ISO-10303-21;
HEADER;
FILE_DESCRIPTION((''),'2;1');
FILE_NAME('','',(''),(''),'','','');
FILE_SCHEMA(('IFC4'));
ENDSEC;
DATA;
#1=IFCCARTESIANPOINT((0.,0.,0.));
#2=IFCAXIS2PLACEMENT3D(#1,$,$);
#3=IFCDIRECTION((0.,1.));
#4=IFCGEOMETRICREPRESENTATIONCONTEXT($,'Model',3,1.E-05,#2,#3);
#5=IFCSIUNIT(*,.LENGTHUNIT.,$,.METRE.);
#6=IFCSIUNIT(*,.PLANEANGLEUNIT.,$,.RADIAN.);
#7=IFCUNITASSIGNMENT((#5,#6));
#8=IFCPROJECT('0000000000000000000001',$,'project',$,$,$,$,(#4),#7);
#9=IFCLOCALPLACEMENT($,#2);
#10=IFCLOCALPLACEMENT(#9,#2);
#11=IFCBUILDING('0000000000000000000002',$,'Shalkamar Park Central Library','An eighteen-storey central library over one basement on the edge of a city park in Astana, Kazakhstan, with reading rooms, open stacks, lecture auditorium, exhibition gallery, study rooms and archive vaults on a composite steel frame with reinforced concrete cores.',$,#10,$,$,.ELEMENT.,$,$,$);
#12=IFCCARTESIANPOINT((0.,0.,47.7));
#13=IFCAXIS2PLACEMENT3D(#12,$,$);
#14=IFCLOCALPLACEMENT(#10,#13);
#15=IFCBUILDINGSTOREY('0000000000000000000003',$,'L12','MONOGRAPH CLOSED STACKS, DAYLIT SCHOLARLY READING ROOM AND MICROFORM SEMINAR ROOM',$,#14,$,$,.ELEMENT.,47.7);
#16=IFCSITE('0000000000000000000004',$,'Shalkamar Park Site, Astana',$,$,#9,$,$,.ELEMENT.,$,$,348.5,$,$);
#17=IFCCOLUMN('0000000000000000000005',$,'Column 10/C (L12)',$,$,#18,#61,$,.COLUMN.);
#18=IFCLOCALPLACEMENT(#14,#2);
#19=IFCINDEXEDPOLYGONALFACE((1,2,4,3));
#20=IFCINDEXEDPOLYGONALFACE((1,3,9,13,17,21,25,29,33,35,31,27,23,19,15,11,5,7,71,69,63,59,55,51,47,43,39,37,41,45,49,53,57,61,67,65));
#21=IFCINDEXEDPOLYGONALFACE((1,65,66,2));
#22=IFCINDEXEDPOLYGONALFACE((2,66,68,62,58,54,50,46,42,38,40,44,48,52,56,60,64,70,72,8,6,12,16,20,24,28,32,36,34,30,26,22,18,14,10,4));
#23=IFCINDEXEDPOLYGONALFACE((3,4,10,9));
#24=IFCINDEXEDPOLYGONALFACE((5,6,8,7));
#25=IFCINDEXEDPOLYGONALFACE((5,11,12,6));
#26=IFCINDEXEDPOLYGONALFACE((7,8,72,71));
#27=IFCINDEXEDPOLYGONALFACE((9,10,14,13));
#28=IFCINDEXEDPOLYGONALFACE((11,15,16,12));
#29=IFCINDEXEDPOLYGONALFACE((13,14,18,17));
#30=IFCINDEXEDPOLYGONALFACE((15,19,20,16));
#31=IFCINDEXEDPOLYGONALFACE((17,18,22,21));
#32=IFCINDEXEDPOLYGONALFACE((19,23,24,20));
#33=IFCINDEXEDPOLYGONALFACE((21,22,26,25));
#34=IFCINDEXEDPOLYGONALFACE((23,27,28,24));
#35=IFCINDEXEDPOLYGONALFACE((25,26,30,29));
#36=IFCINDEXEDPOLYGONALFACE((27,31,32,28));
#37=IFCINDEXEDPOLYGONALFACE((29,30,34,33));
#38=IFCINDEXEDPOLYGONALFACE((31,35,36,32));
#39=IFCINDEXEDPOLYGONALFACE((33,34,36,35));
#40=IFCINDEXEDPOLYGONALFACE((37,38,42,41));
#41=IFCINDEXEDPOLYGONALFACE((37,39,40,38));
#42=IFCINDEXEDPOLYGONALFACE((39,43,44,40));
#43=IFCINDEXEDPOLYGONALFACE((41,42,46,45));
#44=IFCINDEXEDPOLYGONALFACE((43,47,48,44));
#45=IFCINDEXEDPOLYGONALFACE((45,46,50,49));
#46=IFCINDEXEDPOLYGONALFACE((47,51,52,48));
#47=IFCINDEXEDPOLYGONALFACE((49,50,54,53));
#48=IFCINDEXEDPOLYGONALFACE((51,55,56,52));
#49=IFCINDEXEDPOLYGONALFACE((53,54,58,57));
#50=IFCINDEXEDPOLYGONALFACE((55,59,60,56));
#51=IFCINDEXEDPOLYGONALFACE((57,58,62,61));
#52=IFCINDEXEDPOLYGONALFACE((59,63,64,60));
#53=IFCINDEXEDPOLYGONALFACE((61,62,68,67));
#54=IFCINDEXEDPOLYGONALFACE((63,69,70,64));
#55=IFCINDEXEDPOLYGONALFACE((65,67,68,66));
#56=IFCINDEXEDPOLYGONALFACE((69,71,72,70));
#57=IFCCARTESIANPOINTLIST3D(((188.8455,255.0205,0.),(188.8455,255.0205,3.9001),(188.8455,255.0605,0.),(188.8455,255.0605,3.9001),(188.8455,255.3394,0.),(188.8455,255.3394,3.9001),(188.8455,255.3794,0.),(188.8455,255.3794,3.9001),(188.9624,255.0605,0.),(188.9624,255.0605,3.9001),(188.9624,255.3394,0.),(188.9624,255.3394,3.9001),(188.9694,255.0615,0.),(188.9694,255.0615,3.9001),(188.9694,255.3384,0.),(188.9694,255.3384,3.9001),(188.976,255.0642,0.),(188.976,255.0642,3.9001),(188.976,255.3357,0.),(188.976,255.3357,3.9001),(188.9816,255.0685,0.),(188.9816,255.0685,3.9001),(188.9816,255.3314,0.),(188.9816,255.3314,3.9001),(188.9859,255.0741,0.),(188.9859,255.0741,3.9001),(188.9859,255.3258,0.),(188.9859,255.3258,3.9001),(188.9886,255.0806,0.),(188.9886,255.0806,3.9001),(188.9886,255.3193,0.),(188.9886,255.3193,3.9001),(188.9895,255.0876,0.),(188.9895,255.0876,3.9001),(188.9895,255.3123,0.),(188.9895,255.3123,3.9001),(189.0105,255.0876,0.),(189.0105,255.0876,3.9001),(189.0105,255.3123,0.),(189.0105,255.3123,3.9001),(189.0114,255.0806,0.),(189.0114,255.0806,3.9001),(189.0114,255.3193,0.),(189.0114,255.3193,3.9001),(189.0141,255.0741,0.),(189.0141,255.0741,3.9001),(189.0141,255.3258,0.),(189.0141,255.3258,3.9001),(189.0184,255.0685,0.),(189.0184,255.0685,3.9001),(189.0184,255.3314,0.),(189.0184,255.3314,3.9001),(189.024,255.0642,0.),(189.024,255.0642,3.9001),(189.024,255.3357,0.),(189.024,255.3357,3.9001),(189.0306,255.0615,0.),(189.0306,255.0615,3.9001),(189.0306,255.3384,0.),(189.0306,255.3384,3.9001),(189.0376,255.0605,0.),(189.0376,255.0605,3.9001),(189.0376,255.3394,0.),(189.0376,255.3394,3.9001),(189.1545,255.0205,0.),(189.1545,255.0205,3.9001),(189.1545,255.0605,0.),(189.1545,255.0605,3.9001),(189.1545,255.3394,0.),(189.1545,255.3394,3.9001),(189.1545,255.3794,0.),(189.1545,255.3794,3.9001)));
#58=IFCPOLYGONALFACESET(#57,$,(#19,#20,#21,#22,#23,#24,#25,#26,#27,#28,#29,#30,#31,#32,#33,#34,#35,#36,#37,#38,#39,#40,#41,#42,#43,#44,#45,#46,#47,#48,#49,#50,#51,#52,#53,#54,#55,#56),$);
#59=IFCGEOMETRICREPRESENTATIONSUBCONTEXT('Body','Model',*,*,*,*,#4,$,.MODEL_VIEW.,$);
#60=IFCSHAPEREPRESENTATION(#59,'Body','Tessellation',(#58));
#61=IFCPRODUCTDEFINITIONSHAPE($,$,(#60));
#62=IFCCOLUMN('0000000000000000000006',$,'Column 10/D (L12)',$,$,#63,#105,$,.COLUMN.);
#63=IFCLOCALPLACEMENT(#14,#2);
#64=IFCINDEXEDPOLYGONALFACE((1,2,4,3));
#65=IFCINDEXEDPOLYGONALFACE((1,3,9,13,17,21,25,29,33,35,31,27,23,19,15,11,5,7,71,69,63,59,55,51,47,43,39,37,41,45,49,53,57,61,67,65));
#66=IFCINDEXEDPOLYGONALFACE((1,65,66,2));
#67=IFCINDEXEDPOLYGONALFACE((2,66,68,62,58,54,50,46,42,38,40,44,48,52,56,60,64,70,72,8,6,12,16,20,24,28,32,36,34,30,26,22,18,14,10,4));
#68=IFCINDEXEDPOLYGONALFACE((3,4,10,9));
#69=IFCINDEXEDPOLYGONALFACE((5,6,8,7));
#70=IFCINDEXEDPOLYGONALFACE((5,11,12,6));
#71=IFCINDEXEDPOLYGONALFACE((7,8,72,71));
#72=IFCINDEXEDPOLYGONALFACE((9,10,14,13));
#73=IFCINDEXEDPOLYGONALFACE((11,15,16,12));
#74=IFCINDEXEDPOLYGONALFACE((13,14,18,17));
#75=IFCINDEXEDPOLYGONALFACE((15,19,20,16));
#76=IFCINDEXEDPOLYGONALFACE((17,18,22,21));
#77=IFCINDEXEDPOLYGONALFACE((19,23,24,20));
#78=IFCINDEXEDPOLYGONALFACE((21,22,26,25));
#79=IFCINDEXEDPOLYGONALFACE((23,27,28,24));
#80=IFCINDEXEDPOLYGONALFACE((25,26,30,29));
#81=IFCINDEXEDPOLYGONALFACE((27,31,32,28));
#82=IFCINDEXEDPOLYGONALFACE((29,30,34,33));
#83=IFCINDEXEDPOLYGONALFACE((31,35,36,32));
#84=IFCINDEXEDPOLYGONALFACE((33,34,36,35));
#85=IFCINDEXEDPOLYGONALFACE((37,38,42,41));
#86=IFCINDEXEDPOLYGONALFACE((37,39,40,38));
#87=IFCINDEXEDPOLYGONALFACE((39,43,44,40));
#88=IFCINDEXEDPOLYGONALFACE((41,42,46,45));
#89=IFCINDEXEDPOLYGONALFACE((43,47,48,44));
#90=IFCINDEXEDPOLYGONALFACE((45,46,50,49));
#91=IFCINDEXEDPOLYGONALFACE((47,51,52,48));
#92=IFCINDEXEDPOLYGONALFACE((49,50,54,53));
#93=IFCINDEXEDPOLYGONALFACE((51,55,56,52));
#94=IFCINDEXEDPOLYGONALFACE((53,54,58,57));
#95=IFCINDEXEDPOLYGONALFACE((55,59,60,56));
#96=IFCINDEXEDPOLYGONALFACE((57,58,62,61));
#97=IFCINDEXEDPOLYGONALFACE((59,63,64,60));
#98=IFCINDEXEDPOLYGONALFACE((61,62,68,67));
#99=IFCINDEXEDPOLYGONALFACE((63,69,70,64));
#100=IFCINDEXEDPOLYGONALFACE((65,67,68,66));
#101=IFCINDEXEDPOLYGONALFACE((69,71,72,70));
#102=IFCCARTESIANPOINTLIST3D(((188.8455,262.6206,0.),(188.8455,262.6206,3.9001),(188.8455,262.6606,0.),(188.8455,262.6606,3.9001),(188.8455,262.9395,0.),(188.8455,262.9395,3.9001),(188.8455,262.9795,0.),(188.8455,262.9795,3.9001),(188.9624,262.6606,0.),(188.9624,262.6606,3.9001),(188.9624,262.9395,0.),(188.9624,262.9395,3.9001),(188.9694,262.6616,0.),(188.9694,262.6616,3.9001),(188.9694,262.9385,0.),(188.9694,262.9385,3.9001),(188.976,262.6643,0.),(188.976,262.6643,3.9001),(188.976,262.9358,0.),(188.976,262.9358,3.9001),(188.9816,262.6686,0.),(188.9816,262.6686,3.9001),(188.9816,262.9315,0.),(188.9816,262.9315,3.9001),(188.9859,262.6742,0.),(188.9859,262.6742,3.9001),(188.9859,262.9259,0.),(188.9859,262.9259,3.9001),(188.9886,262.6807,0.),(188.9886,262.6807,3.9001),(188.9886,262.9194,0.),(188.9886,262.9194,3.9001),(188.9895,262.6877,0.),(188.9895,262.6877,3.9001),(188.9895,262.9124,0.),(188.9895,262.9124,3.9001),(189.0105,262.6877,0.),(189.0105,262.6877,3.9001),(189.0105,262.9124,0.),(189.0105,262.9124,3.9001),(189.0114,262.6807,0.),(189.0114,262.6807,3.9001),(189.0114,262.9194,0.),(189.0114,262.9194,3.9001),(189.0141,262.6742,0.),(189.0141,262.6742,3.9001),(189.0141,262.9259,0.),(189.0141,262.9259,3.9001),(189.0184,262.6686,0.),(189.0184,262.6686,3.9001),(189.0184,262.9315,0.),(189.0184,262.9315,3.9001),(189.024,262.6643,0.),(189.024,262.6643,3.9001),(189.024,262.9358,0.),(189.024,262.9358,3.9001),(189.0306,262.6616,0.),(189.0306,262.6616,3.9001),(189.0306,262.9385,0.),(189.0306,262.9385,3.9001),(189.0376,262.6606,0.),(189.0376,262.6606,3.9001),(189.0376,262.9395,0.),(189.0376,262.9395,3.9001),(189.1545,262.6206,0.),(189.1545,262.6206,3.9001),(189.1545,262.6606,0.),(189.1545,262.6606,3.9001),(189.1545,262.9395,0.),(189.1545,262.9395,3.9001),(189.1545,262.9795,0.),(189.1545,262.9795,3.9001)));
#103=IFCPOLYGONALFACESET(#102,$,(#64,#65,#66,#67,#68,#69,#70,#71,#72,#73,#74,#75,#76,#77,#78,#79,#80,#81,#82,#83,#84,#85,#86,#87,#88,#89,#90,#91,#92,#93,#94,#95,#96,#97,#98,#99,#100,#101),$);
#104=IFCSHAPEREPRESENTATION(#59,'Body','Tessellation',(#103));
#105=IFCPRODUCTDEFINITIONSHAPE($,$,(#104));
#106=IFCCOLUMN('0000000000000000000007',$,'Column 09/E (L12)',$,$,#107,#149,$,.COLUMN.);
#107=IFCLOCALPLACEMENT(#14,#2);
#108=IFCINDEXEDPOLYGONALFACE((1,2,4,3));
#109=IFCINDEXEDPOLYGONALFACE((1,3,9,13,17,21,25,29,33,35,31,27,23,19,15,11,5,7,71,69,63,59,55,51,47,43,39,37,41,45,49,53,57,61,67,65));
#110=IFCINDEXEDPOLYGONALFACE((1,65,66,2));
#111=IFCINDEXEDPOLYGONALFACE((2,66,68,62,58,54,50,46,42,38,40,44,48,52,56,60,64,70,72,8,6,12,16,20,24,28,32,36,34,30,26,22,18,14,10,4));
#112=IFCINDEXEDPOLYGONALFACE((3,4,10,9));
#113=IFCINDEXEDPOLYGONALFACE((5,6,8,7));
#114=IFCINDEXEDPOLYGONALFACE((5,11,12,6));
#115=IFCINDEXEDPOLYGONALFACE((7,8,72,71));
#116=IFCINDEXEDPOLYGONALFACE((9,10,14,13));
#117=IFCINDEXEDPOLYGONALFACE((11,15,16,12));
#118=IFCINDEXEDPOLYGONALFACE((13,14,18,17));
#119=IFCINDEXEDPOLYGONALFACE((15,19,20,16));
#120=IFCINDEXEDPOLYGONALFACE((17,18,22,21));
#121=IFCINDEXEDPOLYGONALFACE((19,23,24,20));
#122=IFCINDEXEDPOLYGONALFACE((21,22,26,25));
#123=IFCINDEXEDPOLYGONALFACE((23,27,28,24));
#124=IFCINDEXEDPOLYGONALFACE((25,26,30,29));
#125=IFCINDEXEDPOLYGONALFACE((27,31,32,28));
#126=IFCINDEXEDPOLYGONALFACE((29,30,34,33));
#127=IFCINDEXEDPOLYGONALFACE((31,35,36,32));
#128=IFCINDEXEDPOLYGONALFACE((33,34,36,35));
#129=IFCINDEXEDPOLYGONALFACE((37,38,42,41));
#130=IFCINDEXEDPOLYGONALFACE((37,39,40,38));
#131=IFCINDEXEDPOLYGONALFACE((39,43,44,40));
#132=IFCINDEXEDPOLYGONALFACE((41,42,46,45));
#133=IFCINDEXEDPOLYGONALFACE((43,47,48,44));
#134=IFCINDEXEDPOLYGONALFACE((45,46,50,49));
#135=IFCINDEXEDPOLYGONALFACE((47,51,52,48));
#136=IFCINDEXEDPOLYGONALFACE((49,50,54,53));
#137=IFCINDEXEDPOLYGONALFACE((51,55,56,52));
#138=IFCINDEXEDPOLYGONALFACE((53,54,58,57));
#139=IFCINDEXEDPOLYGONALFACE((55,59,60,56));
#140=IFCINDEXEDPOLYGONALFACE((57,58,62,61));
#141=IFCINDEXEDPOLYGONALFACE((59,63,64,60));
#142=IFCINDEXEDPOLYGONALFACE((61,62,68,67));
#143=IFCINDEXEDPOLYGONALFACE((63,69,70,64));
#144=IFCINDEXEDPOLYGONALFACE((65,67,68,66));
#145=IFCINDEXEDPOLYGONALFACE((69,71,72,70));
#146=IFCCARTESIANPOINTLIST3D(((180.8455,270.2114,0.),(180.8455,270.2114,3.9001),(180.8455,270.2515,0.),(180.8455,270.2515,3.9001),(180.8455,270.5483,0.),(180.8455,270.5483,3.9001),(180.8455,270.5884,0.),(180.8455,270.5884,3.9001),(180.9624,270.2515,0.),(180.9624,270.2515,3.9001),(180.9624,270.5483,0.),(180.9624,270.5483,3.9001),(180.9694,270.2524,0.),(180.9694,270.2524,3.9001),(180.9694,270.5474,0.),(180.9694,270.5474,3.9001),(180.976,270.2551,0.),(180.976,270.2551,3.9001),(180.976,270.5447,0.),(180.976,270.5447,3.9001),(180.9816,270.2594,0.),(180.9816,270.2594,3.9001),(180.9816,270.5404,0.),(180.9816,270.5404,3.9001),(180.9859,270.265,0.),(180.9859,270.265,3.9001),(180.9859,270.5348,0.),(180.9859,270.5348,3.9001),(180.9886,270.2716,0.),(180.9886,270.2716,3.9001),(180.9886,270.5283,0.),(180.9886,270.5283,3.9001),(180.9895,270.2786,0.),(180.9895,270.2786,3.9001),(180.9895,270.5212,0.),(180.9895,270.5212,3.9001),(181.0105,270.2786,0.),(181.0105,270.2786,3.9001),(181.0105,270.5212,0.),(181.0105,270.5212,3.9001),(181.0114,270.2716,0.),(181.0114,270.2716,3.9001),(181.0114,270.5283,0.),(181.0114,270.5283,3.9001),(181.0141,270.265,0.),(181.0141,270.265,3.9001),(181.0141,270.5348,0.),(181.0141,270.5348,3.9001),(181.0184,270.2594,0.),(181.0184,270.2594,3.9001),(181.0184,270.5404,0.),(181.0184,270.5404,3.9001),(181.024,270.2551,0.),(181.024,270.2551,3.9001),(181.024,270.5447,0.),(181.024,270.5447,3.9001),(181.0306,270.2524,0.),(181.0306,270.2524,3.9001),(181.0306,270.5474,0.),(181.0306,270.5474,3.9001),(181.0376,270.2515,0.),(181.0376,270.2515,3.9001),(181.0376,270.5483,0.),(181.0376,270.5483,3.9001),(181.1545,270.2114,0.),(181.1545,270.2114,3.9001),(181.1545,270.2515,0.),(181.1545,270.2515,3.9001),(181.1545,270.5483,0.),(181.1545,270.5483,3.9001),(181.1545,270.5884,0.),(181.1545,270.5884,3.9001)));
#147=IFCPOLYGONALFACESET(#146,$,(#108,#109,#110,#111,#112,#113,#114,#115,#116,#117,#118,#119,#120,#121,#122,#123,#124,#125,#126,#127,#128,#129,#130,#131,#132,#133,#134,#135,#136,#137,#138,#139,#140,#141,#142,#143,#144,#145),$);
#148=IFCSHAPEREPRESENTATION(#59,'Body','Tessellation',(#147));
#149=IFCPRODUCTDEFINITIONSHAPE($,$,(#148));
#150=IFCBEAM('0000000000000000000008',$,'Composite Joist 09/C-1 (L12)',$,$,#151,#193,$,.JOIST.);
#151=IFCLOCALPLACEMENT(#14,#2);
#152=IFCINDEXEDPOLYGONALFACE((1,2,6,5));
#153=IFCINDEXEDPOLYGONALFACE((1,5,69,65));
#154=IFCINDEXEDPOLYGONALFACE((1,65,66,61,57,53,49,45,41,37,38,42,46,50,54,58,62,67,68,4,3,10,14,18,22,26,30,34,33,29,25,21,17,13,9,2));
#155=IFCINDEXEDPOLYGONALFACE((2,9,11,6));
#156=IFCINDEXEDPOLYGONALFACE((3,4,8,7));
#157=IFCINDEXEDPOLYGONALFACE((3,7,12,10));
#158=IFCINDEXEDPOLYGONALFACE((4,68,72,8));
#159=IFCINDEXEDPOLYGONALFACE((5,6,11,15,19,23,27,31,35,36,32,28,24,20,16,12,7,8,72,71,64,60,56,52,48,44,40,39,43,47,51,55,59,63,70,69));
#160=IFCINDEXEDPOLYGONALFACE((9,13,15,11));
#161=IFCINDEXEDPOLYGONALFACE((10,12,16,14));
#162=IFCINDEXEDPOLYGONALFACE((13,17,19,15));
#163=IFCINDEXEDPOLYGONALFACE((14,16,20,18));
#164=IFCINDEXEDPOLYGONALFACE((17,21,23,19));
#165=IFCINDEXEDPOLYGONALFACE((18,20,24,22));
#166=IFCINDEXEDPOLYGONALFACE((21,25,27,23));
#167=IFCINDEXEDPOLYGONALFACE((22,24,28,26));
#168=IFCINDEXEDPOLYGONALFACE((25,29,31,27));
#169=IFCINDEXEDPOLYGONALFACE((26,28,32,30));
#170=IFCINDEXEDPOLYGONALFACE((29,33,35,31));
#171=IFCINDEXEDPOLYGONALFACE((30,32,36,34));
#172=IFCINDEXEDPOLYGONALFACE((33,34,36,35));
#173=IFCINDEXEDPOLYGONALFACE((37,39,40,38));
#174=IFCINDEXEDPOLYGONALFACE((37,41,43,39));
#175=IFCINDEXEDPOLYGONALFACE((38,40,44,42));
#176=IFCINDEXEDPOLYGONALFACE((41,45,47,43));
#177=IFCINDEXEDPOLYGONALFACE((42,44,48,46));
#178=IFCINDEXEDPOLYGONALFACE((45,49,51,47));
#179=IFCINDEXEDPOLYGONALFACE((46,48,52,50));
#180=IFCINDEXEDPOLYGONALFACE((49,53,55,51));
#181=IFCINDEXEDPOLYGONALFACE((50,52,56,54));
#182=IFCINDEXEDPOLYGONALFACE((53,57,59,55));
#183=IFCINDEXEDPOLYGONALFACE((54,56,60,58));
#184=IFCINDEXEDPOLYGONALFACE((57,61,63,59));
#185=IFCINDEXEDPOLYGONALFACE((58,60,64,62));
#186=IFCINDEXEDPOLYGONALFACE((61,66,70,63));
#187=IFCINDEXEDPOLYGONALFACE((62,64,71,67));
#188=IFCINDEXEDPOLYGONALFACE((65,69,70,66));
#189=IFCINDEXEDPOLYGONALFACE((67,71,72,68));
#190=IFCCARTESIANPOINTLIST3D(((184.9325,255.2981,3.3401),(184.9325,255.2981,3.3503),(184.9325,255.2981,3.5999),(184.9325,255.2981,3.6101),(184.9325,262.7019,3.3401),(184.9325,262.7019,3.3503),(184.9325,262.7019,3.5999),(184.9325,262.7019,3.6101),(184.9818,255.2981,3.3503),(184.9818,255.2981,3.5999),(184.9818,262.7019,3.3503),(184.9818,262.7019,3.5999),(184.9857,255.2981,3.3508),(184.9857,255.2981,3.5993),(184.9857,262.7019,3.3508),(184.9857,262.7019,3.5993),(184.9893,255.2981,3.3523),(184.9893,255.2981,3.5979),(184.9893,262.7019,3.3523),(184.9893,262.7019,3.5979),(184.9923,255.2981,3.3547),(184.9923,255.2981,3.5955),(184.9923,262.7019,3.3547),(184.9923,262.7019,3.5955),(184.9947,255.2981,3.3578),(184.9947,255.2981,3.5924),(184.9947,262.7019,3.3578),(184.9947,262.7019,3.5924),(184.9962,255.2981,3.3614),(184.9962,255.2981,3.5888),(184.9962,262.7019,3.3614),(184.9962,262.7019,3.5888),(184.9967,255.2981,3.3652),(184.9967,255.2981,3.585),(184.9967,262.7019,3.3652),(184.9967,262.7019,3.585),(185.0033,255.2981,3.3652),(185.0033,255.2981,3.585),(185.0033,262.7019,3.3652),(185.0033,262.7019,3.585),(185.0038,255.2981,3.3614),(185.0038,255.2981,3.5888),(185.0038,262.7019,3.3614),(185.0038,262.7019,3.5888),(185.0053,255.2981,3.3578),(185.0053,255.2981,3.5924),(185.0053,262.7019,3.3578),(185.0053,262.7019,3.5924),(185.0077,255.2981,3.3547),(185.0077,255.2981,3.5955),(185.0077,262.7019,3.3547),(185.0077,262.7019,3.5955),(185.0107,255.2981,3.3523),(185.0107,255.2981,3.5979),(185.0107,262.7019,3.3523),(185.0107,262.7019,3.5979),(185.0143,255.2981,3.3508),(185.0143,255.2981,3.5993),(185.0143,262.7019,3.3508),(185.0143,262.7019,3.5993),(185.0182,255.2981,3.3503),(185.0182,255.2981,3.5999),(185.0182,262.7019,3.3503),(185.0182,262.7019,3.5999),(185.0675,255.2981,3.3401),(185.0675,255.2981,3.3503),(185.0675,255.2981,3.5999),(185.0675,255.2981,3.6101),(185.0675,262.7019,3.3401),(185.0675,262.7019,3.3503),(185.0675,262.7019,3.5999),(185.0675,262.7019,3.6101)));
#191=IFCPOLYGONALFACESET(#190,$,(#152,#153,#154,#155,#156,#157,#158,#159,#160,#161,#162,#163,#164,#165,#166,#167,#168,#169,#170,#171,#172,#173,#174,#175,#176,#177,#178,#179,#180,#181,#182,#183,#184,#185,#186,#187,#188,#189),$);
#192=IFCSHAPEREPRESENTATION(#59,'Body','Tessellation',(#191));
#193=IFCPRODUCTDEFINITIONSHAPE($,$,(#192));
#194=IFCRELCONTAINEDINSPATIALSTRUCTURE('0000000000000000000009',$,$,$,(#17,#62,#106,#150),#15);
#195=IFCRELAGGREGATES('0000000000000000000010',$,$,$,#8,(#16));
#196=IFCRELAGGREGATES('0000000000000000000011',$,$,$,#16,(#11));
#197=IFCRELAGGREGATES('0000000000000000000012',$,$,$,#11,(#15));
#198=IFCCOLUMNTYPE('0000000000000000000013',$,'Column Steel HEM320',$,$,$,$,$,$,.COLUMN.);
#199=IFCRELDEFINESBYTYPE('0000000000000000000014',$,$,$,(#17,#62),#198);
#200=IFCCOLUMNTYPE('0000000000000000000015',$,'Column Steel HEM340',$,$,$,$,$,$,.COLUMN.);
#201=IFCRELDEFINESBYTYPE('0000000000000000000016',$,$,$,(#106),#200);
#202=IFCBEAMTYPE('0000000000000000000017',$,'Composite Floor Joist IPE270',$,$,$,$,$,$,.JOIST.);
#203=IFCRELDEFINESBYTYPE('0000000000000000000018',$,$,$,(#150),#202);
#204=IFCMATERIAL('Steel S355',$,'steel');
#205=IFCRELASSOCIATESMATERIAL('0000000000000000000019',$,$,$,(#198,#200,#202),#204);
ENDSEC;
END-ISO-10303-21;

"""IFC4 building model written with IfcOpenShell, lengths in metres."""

from ifc_helpers import new_model, si_unit, direction, frame, origin, origin_2d, place, context, subcontext, project, spatial, i_section, extrude, material, material_profile, profile_set, type_object, element, save


model = new_model("IFC4")

# Units and contexts
model_context = context("Model", 3, precision=1e-05, world=origin(), true_north=direction((0.0, 1.0)))
body_context = subcontext(model_context, "Body", "Model", "MODEL_VIEW")
ifc_project = project(units=[si_unit("LENGTHUNIT", "METRE"), si_unit("PLANEANGLEUNIT", "RADIAN")], contexts=[model_context])

# Site, building, storey
site_placement = place(None, origin())
site = spatial("IfcSite", under=ifc_project, at=site_placement, Name="Shalkamar Park Site, Astana", CompositionType="ELEMENT", RefElevation=348.5)
building_placement = place(site_placement, origin())
building = spatial("IfcBuilding", under=site, at=building_placement, Name="Shalkamar Park Central Library", Description="An eighteen-storey central library over one basement on the edge of a city park in Astana, Kazakhstan, with reading rooms, open stacks, lecture auditorium, exhibition gallery, study rooms and archive vaults on a composite steel frame with reinforced concrete cores.", CompositionType="ELEMENT")
storey_placement = place(building_placement, frame((0.0, 0.0, 47.7)))
storey = spatial("IfcBuildingStorey", under=building, at=storey_placement, Name="L12", Description="MONOGRAPH CLOSED STACKS, DAYLIT SCHOLARLY READING ROOM AND MICROFORM SEMINAR ROOM", CompositionType="ELEMENT", Elevation=47.7)

# Columns
ifc_material_1 = material(Name="Steel S355", Category="steel")
ifc_material_profile_1 = material_profile(ifc_material_1, i_section(OverallWidth=0.3091, OverallDepth=0.3589, WebThickness=0.021, FlangeThickness=0.04, FilletRadius=0.0271, at=origin_2d()), Name="HEM 320")
ifc_profile_set_1 = profile_set([ifc_material_profile_1], Name="Steel S355")
column_type_1 = type_object("IfcColumnType", Name="Column Steel HEM320", PredefinedType="COLUMN", material=ifc_profile_set_1)
for number, where, z_axis, x_axis, name in (
    (1, (189.0, 255.2, 0.0), (0.0, 0.0, 1.0), (1.0, 0.0, 0.0), "Column 10/C (L12)"),
    (2, (189.0, 262.8, 0.0), (0.0, 0.0, 1.0), (1.0, 0.0, 0.0), "Column 10/D (L12)"),
):
    element("IfcColumn", number, at=place(storey_placement, frame(where, z_axis=z_axis, x_axis=x_axis)), inside=storey, type_object=column_type_1, Name=name, PredefinedType="COLUMN", context=body_context, shape_type="SweptSolid", body=[
        extrude(i_section(OverallWidth=0.3091, OverallDepth=0.3589, WebThickness=0.021, FlangeThickness=0.04, FilletRadius=0.0271, at=origin_2d()), origin(), (0.0, 0.0, 1.0), 3.9001),
    ])
ifc_material_profile_2 = material_profile(ifc_material_1, i_section(OverallWidth=0.3091, OverallDepth=0.377, WebThickness=0.021, FlangeThickness=0.04, FilletRadius=0.0271, at=origin_2d()), Name="HEM 340")
ifc_profile_set_2 = profile_set([ifc_material_profile_2], Name="Steel S355")
column_type_2 = type_object("IfcColumnType", Name="Column Steel HEM340", PredefinedType="COLUMN", material=ifc_profile_set_2)
column_placement = place(storey_placement, frame((181.0, 270.3999, 0.0), z_axis=(0.0, 0.0, 1.0), x_axis=(1.0, 0.0, 0.0)))
element("IfcColumn", 3, at=column_placement, inside=storey, type_object=column_type_2, Name="Column 09/E (L12)", PredefinedType="COLUMN", context=body_context, shape_type="SweptSolid", body=[
    extrude(i_section(OverallWidth=0.3091, OverallDepth=0.377, WebThickness=0.021, FlangeThickness=0.04, FilletRadius=0.0271, at=origin_2d()), origin(), (0.0, 0.0, 1.0), 3.9001),
])

# Beam
ifc_material_profile_3 = material_profile(ifc_material_1, i_section(OverallWidth=0.135, OverallDepth=0.27, WebThickness=0.0066, FlangeThickness=0.0103, FilletRadius=0.0149, at=origin_2d()), Name="IPE 270")
ifc_profile_set_3 = profile_set([ifc_material_profile_3], Name="Steel S355")
beam_type_1 = type_object("IfcBeamType", Name="Composite Floor Joist IPE270", PredefinedType="JOIST", material=ifc_profile_set_3)
beam_1_placement = place(storey_placement, frame((185.0, 255.2981, 3.4751), z_axis=(0.0, 1.0, 0.0), x_axis=(-1.0, 0.0, 0.0)))
element("IfcBeam", 4, at=beam_1_placement, inside=storey, type_object=beam_type_1, Name="Composite Joist 09/C-1 (L12)", PredefinedType="JOIST", context=body_context, shape_type="SweptSolid", body=[
    extrude(i_section(OverallWidth=0.135, OverallDepth=0.27, WebThickness=0.0066, FlangeThickness=0.0103, FilletRadius=0.0149, at=origin_2d()), origin(), (0.0, 0.0, 1.0), 7.4038),
])

save(model, "model.ifc")
